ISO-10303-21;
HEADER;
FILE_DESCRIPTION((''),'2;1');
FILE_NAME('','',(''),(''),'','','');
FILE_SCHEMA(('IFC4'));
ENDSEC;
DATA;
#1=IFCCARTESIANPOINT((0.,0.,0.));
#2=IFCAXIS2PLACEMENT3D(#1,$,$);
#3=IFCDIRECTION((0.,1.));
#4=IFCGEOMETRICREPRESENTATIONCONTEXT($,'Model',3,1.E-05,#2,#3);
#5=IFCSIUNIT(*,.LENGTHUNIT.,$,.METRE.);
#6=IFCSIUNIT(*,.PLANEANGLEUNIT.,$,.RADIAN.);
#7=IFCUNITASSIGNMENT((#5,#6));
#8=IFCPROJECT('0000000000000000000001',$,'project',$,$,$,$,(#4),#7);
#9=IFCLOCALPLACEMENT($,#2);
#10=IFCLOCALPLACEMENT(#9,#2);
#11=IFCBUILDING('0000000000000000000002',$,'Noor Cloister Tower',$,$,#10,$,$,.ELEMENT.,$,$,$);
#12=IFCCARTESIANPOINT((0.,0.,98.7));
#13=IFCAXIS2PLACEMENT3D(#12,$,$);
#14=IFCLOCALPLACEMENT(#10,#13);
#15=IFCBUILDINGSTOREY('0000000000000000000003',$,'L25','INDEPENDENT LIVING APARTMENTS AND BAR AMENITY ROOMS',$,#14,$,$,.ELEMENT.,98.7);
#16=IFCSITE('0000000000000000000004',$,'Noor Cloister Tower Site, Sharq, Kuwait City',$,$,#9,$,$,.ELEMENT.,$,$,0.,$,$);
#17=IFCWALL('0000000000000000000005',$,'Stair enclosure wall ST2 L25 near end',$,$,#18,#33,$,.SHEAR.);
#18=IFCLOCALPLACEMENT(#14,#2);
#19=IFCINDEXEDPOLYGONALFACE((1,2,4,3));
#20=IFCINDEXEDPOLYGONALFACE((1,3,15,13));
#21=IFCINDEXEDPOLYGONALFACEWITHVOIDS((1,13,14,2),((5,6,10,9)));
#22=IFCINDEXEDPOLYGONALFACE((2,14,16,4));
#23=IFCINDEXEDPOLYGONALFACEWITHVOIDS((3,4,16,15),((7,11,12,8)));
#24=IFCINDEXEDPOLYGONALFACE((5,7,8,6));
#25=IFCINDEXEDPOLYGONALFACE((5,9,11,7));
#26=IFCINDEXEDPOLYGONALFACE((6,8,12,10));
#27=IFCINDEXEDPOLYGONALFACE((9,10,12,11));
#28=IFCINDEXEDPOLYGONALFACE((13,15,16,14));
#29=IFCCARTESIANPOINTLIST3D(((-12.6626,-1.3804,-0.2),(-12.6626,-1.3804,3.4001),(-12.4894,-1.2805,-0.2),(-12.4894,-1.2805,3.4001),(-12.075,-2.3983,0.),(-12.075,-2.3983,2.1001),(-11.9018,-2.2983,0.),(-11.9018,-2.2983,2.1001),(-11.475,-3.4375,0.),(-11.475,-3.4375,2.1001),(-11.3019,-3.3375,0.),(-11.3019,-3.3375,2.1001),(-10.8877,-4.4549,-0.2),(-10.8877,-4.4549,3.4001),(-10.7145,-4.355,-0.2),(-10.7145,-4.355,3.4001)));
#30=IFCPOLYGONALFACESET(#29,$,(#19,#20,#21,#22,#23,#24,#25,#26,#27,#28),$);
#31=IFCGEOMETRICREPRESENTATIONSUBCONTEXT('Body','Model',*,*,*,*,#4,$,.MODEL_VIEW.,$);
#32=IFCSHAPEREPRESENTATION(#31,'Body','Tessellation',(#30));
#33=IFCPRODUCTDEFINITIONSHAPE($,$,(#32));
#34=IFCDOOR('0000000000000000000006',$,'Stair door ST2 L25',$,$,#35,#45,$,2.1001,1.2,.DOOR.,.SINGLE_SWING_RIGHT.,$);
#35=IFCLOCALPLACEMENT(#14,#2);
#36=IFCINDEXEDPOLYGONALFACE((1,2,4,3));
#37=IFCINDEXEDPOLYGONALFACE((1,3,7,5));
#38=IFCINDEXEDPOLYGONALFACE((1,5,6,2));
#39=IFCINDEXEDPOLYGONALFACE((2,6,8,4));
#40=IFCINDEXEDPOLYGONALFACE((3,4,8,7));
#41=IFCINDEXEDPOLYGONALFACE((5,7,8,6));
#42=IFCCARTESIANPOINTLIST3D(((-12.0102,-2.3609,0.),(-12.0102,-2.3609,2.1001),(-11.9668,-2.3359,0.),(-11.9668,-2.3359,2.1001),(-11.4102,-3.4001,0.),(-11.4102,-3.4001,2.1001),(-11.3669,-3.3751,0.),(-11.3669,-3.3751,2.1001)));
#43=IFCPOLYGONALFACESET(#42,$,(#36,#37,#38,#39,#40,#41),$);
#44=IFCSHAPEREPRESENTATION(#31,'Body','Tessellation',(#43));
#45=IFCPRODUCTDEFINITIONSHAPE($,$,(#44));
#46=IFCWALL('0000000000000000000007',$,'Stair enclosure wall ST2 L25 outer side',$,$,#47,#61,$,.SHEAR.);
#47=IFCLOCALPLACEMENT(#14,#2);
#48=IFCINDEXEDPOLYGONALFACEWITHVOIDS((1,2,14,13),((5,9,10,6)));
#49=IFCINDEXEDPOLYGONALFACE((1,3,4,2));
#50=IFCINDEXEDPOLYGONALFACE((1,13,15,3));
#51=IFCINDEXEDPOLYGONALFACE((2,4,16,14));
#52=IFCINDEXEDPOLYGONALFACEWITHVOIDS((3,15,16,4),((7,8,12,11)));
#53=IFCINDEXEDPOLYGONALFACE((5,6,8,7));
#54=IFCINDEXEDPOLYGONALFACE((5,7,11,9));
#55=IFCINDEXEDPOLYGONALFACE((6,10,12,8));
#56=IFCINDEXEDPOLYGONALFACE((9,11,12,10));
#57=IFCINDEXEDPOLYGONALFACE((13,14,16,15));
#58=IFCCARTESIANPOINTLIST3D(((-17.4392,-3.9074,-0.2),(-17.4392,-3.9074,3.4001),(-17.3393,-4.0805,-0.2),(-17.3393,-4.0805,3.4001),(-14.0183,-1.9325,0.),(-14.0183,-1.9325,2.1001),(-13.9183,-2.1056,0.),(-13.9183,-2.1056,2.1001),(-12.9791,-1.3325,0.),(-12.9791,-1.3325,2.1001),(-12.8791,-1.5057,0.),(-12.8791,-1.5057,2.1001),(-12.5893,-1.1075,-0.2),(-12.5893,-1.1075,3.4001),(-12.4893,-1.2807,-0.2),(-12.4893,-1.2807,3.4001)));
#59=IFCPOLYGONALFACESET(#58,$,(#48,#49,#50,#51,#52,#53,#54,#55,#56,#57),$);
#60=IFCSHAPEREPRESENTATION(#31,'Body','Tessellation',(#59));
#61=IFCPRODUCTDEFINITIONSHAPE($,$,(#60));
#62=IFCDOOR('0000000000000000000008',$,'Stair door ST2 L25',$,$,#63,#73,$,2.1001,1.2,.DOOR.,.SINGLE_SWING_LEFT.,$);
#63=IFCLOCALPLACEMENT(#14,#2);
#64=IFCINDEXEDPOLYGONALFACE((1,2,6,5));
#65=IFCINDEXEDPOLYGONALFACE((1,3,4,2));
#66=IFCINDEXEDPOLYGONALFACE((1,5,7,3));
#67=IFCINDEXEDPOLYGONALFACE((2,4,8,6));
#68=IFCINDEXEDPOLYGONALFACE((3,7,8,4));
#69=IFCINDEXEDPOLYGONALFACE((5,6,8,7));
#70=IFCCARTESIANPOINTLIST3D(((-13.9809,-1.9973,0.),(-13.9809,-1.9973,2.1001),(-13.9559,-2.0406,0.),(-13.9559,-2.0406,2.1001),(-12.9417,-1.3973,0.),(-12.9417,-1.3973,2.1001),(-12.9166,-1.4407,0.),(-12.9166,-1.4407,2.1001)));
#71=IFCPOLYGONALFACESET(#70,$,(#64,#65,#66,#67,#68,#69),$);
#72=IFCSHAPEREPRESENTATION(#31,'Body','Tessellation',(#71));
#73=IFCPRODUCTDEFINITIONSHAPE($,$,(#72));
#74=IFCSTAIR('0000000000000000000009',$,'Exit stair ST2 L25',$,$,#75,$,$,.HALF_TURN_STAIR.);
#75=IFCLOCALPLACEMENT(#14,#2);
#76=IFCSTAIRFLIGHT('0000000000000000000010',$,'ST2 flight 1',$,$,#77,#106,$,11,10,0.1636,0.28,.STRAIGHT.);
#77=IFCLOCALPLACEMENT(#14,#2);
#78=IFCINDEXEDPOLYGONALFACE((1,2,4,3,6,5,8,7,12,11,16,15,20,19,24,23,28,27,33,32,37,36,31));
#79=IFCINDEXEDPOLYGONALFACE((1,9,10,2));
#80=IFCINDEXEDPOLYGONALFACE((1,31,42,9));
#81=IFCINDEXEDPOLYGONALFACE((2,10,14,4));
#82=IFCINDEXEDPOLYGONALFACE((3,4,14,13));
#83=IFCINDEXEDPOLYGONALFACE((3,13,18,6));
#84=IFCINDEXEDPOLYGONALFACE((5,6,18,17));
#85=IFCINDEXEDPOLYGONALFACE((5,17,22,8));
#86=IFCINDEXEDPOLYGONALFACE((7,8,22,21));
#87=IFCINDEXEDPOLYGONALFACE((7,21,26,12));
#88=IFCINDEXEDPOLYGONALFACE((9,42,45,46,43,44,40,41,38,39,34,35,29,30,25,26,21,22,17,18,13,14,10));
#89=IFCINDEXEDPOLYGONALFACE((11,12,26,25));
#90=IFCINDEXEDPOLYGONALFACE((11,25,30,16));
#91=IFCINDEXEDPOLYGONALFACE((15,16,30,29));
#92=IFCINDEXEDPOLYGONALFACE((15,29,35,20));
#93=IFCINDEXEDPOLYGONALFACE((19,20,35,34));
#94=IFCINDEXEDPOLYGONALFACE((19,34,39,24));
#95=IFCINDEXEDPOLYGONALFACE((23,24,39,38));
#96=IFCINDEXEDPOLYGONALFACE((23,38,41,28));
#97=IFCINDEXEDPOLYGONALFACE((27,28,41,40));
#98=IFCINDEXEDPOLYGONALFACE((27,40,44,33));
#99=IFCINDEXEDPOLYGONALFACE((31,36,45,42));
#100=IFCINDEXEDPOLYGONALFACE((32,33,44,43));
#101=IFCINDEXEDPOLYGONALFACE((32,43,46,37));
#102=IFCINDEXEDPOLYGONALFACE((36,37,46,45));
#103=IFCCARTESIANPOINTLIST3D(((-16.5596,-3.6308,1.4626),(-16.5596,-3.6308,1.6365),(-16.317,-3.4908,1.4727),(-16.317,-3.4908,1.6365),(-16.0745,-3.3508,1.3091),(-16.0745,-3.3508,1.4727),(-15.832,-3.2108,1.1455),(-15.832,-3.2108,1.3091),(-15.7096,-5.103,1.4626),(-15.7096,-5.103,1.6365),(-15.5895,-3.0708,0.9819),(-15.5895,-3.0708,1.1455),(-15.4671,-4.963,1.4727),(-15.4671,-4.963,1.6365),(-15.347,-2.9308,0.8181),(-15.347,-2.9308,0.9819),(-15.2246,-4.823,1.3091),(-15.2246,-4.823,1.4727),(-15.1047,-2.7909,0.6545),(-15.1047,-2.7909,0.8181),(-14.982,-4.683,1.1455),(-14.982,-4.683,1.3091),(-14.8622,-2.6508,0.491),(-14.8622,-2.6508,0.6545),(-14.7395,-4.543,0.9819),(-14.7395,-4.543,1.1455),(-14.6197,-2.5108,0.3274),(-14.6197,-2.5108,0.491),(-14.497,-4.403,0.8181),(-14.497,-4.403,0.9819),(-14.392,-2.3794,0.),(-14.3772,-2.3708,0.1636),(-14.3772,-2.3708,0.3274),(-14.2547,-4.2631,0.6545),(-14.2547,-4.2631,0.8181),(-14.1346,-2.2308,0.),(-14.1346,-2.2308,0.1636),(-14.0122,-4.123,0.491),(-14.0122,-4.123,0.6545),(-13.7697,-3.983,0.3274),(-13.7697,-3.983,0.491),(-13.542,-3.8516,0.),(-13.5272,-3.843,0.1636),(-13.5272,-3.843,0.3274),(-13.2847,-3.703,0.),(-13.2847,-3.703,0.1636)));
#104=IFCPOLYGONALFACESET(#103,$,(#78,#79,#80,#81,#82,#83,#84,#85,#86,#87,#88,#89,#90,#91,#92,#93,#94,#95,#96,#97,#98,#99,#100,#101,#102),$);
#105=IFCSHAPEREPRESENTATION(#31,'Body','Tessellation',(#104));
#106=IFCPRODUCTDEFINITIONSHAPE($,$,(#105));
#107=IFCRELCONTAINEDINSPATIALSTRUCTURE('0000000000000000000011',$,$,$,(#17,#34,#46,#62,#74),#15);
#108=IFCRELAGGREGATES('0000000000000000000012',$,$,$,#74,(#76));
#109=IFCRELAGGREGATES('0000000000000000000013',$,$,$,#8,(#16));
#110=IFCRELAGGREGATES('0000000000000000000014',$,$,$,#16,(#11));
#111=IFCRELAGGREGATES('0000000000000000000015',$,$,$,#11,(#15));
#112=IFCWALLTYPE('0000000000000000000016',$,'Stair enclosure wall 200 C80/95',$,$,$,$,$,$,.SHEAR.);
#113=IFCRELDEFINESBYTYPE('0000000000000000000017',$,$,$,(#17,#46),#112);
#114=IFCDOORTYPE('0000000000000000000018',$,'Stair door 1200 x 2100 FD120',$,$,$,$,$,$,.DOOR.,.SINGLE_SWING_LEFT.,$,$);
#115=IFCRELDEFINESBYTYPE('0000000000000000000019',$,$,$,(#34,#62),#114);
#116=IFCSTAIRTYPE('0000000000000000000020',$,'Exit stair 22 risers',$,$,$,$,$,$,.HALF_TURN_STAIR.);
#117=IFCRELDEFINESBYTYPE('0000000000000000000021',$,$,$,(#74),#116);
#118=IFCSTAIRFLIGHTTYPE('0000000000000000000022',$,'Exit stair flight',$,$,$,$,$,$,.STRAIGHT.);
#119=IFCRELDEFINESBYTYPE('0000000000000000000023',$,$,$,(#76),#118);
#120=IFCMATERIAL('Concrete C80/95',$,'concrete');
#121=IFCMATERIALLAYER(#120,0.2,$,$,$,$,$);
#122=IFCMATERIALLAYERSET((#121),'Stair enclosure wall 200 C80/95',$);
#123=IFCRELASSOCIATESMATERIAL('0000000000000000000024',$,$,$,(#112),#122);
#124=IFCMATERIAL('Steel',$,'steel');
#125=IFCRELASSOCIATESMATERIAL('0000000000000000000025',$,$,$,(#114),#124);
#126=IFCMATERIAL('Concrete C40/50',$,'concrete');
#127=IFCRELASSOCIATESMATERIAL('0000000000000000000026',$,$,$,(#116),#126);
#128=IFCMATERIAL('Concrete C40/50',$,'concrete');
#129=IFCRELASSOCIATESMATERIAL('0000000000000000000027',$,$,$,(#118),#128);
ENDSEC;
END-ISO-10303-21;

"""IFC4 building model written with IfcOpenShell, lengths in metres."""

from ifc_helpers import new_model, si_unit, direction, frame, frame_2d, origin, place, context, subcontext, project, spatial, polyline, rectangle, outline, extrude, material, layer, layer_set, type_object, element, fill, aggregate, save


model = new_model("IFC4")

# Units and contexts
model_context = context("Model", 3, precision=1e-05, world=origin(), true_north=direction((0.0, 1.0)))
body_context = subcontext(model_context, "Body", "Model", "MODEL_VIEW")
ifc_project = project(units=[si_unit("LENGTHUNIT", "METRE"), si_unit("PLANEANGLEUNIT", "RADIAN")], contexts=[model_context])

# Site, building, storey
site_placement = place(None, origin())
site = spatial("IfcSite", under=ifc_project, at=site_placement, Name="Noor Cloister Tower Site, Sharq, Kuwait City", CompositionType="ELEMENT", RefElevation=0.0)
building_placement = place(site_placement, origin())
building = spatial("IfcBuilding", under=site, at=building_placement, Name="Noor Cloister Tower", CompositionType="ELEMENT")
storey_placement = place(building_placement, frame((0.0, 0.0, 98.7)))
storey = spatial("IfcBuildingStorey", under=building, at=storey_placement, Name="L25", Description="INDEPENDENT LIVING APARTMENTS AND BAR AMENITY ROOMS", CompositionType="ELEMENT", Elevation=98.7)

# Walls, openings, doors
ifc_material_1 = material(Name="Concrete C80/95", Category="concrete")
ifc_layer_1 = layer(ifc_material_1, 0.2)
ifc_layer_set_1 = layer_set([ifc_layer_1], Name="Stair enclosure wall 200 C80/95")
wall_type_1 = type_object("IfcWallType", Name="Stair enclosure wall 200 C80/95", PredefinedType="SHEAR", material=ifc_layer_set_1)
wall_1_placement = place(storey_placement, frame((-12.5759, -1.3306, -0.2), z_axis=(0.0, 0.0, 1.0), x_axis=(0.49997, -0.866042, 0.0)))
wall_1 = element("IfcWall", 1, at=wall_1_placement, inside=storey, type_object=wall_type_1, Name="Stair enclosure wall ST2 L25 near end", PredefinedType="SHEAR", context=body_context, shape_type="SweptSolid", body=[
    extrude(rectangle(XDim=3.55, YDim=0.2, at=frame_2d((1.7749, 0.0))), origin(), (0.0, 0.0, 1.0), 3.6001),
])
opening_1_placement = place(wall_1_placement, frame((1.175, 0.0, 0.2)))
opening_1 = element("IfcOpeningElement", 2, at=opening_1_placement, cuts=wall_1, PredefinedType="OPENING", context=body_context, shape_type="SweptSolid", body=[
    extrude(rectangle(XDim=1.2, YDim=2.1001, at=frame_2d((0.6001, 1.05))), frame((0.0, 0.1099, 0.0), z_axis=(0.0, -1.0, 0.0), x_axis=(1.0, 0.0, 0.0)), (0.0, 0.0, 1.0), 0.22),
])
ifc_material_2 = material(Name="Steel", Category="steel")
door_type_1 = type_object("IfcDoorType", Name="Stair door 1200 x 2100 FD120", OperationType="SINGLE_SWING_LEFT", PredefinedType="DOOR", material=ifc_material_2)
door_1_placement = place(opening_1_placement, origin())
door_1 = element("IfcDoor", 3, at=door_1_placement, inside=storey, type_object=door_type_1, Name="Stair door ST2 L25", OperationType="SINGLE_SWING_RIGHT", OverallHeight=2.1001, OverallWidth=1.2, PredefinedType="DOOR", context=body_context, shape_type="SweptSolid", body=[
    extrude(rectangle(XDim=1.2, YDim=2.1001, at=frame_2d((0.6001, 1.05))), frame((0.0, 0.0249, 0.0), z_axis=(0.0, -1.0, 0.0), x_axis=(1.0, 0.0, 0.0)), (0.0, 0.0, 1.0), 0.05),
])
fill(opening_1, door_1)
wall_2_placement = place(storey_placement, frame((-12.5393, -1.1941, -0.2), z_axis=(0.0, 0.0, 1.0), x_axis=(-0.866045, -0.499965, 0.0)))
wall_2 = element("IfcWall", 4, at=wall_2_placement, inside=storey, type_object=wall_type_1, Name="Stair enclosure wall ST2 L25 outer side", PredefinedType="SHEAR", context=body_context, shape_type="SweptSolid", body=[
    extrude(rectangle(XDim=5.6001, YDim=0.2, at=frame_2d((2.8, 0.0))), origin(), (0.0, 0.0, 1.0), 3.6001),
])
opening_2_placement = place(wall_2_placement, frame((0.45, 0.0, 0.2)))
opening_2 = element("IfcOpeningElement", 5, at=opening_2_placement, cuts=wall_2, PredefinedType="OPENING", context=body_context, shape_type="SweptSolid", body=[
    extrude(rectangle(XDim=1.2, YDim=2.1001, at=frame_2d((0.6001, 1.05))), frame((0.0, 0.1099, 0.0), z_axis=(0.0, -1.0, 0.0), x_axis=(1.0, 0.0, 0.0)), (0.0, 0.0, 1.0), 0.22),
])
door_2_placement = place(opening_2_placement, origin())
door_2 = element("IfcDoor", 6, at=door_2_placement, inside=storey, type_object=door_type_1, Name="Stair door ST2 L25", OperationType="SINGLE_SWING_LEFT", OverallHeight=2.1001, OverallWidth=1.2, PredefinedType="DOOR", context=body_context, shape_type="SweptSolid", body=[
    extrude(rectangle(XDim=1.2, YDim=2.1001, at=frame_2d((0.6001, 1.05))), frame((0.0, 0.0249, 0.0), z_axis=(0.0, -1.0, 0.0), x_axis=(1.0, 0.0, 0.0)), (0.0, 0.0, 1.0), 0.05),
])
fill(opening_2, door_2)

# Stair, stair flight
ifc_material_3 = material(Name="Concrete C40/50", Category="concrete")
stair_type = type_object("IfcStairType", Name="Exit stair 22 risers", PredefinedType="HALF_TURN_STAIR", material=ifc_material_3)
stair_placement = place(storey_placement, origin())
stair = element("IfcStair", 7, at=stair_placement, inside=storey, type_object=stair_type, Name="Exit stair ST2 L25", PredefinedType="HALF_TURN_STAIR")
ifc_material_4 = material(Name="Concrete C40/50", Category="concrete")
stair_flight_type = type_object("IfcStairFlightType", Name="Exit stair flight", PredefinedType="STRAIGHT", material=ifc_material_4)
stair_flight_placement = place(storey_placement, frame((-13.7097, -2.9668, 0.0), z_axis=(0.0, 0.0, 1.0), x_axis=(-0.866025, -0.5, 0.0)))
stair_flight = element("IfcStairFlight", 8, at=stair_flight_placement, type_object=stair_flight_type, Name="ST2 flight 1", NumberOfRisers=11, NumberOfTreads=10, PredefinedType="STRAIGHT", RiserHeight=0.1636, TreadLength=0.28, context=body_context, shape_type="SweptSolid", body=[
    extrude(outline(polyline([(0.0, 0.0), (0.0, 0.1636), (0.28, 0.1636), (0.28, 0.3274), (0.5601, 0.3274), (0.5601, 0.491), (0.8401, 0.491), (0.8401, 0.6545), (1.1201, 0.6545), (1.1201, 0.8181), (1.3999, 0.8181), (1.3999, 0.9819), (1.6799, 0.9819), (1.6799, 1.1455), (1.96, 1.1455), (1.96, 1.3091), (2.24, 1.3091), (2.24, 1.4727), (2.52, 1.4727), (2.52, 1.6365), (2.8, 1.6365), (2.8, 1.8), (2.8, 1.4626), (0.2971, 0.0), (0.0, 0.0)])), frame((0.0, 0.8501, 0.0), z_axis=(0.0, -1.0, 0.0), x_axis=(1.0, 0.0, 0.0)), (0.0, 0.0, 1.0), 1.7),
])
aggregate(stair, [stair_flight])

save(model, "model.ifc")
